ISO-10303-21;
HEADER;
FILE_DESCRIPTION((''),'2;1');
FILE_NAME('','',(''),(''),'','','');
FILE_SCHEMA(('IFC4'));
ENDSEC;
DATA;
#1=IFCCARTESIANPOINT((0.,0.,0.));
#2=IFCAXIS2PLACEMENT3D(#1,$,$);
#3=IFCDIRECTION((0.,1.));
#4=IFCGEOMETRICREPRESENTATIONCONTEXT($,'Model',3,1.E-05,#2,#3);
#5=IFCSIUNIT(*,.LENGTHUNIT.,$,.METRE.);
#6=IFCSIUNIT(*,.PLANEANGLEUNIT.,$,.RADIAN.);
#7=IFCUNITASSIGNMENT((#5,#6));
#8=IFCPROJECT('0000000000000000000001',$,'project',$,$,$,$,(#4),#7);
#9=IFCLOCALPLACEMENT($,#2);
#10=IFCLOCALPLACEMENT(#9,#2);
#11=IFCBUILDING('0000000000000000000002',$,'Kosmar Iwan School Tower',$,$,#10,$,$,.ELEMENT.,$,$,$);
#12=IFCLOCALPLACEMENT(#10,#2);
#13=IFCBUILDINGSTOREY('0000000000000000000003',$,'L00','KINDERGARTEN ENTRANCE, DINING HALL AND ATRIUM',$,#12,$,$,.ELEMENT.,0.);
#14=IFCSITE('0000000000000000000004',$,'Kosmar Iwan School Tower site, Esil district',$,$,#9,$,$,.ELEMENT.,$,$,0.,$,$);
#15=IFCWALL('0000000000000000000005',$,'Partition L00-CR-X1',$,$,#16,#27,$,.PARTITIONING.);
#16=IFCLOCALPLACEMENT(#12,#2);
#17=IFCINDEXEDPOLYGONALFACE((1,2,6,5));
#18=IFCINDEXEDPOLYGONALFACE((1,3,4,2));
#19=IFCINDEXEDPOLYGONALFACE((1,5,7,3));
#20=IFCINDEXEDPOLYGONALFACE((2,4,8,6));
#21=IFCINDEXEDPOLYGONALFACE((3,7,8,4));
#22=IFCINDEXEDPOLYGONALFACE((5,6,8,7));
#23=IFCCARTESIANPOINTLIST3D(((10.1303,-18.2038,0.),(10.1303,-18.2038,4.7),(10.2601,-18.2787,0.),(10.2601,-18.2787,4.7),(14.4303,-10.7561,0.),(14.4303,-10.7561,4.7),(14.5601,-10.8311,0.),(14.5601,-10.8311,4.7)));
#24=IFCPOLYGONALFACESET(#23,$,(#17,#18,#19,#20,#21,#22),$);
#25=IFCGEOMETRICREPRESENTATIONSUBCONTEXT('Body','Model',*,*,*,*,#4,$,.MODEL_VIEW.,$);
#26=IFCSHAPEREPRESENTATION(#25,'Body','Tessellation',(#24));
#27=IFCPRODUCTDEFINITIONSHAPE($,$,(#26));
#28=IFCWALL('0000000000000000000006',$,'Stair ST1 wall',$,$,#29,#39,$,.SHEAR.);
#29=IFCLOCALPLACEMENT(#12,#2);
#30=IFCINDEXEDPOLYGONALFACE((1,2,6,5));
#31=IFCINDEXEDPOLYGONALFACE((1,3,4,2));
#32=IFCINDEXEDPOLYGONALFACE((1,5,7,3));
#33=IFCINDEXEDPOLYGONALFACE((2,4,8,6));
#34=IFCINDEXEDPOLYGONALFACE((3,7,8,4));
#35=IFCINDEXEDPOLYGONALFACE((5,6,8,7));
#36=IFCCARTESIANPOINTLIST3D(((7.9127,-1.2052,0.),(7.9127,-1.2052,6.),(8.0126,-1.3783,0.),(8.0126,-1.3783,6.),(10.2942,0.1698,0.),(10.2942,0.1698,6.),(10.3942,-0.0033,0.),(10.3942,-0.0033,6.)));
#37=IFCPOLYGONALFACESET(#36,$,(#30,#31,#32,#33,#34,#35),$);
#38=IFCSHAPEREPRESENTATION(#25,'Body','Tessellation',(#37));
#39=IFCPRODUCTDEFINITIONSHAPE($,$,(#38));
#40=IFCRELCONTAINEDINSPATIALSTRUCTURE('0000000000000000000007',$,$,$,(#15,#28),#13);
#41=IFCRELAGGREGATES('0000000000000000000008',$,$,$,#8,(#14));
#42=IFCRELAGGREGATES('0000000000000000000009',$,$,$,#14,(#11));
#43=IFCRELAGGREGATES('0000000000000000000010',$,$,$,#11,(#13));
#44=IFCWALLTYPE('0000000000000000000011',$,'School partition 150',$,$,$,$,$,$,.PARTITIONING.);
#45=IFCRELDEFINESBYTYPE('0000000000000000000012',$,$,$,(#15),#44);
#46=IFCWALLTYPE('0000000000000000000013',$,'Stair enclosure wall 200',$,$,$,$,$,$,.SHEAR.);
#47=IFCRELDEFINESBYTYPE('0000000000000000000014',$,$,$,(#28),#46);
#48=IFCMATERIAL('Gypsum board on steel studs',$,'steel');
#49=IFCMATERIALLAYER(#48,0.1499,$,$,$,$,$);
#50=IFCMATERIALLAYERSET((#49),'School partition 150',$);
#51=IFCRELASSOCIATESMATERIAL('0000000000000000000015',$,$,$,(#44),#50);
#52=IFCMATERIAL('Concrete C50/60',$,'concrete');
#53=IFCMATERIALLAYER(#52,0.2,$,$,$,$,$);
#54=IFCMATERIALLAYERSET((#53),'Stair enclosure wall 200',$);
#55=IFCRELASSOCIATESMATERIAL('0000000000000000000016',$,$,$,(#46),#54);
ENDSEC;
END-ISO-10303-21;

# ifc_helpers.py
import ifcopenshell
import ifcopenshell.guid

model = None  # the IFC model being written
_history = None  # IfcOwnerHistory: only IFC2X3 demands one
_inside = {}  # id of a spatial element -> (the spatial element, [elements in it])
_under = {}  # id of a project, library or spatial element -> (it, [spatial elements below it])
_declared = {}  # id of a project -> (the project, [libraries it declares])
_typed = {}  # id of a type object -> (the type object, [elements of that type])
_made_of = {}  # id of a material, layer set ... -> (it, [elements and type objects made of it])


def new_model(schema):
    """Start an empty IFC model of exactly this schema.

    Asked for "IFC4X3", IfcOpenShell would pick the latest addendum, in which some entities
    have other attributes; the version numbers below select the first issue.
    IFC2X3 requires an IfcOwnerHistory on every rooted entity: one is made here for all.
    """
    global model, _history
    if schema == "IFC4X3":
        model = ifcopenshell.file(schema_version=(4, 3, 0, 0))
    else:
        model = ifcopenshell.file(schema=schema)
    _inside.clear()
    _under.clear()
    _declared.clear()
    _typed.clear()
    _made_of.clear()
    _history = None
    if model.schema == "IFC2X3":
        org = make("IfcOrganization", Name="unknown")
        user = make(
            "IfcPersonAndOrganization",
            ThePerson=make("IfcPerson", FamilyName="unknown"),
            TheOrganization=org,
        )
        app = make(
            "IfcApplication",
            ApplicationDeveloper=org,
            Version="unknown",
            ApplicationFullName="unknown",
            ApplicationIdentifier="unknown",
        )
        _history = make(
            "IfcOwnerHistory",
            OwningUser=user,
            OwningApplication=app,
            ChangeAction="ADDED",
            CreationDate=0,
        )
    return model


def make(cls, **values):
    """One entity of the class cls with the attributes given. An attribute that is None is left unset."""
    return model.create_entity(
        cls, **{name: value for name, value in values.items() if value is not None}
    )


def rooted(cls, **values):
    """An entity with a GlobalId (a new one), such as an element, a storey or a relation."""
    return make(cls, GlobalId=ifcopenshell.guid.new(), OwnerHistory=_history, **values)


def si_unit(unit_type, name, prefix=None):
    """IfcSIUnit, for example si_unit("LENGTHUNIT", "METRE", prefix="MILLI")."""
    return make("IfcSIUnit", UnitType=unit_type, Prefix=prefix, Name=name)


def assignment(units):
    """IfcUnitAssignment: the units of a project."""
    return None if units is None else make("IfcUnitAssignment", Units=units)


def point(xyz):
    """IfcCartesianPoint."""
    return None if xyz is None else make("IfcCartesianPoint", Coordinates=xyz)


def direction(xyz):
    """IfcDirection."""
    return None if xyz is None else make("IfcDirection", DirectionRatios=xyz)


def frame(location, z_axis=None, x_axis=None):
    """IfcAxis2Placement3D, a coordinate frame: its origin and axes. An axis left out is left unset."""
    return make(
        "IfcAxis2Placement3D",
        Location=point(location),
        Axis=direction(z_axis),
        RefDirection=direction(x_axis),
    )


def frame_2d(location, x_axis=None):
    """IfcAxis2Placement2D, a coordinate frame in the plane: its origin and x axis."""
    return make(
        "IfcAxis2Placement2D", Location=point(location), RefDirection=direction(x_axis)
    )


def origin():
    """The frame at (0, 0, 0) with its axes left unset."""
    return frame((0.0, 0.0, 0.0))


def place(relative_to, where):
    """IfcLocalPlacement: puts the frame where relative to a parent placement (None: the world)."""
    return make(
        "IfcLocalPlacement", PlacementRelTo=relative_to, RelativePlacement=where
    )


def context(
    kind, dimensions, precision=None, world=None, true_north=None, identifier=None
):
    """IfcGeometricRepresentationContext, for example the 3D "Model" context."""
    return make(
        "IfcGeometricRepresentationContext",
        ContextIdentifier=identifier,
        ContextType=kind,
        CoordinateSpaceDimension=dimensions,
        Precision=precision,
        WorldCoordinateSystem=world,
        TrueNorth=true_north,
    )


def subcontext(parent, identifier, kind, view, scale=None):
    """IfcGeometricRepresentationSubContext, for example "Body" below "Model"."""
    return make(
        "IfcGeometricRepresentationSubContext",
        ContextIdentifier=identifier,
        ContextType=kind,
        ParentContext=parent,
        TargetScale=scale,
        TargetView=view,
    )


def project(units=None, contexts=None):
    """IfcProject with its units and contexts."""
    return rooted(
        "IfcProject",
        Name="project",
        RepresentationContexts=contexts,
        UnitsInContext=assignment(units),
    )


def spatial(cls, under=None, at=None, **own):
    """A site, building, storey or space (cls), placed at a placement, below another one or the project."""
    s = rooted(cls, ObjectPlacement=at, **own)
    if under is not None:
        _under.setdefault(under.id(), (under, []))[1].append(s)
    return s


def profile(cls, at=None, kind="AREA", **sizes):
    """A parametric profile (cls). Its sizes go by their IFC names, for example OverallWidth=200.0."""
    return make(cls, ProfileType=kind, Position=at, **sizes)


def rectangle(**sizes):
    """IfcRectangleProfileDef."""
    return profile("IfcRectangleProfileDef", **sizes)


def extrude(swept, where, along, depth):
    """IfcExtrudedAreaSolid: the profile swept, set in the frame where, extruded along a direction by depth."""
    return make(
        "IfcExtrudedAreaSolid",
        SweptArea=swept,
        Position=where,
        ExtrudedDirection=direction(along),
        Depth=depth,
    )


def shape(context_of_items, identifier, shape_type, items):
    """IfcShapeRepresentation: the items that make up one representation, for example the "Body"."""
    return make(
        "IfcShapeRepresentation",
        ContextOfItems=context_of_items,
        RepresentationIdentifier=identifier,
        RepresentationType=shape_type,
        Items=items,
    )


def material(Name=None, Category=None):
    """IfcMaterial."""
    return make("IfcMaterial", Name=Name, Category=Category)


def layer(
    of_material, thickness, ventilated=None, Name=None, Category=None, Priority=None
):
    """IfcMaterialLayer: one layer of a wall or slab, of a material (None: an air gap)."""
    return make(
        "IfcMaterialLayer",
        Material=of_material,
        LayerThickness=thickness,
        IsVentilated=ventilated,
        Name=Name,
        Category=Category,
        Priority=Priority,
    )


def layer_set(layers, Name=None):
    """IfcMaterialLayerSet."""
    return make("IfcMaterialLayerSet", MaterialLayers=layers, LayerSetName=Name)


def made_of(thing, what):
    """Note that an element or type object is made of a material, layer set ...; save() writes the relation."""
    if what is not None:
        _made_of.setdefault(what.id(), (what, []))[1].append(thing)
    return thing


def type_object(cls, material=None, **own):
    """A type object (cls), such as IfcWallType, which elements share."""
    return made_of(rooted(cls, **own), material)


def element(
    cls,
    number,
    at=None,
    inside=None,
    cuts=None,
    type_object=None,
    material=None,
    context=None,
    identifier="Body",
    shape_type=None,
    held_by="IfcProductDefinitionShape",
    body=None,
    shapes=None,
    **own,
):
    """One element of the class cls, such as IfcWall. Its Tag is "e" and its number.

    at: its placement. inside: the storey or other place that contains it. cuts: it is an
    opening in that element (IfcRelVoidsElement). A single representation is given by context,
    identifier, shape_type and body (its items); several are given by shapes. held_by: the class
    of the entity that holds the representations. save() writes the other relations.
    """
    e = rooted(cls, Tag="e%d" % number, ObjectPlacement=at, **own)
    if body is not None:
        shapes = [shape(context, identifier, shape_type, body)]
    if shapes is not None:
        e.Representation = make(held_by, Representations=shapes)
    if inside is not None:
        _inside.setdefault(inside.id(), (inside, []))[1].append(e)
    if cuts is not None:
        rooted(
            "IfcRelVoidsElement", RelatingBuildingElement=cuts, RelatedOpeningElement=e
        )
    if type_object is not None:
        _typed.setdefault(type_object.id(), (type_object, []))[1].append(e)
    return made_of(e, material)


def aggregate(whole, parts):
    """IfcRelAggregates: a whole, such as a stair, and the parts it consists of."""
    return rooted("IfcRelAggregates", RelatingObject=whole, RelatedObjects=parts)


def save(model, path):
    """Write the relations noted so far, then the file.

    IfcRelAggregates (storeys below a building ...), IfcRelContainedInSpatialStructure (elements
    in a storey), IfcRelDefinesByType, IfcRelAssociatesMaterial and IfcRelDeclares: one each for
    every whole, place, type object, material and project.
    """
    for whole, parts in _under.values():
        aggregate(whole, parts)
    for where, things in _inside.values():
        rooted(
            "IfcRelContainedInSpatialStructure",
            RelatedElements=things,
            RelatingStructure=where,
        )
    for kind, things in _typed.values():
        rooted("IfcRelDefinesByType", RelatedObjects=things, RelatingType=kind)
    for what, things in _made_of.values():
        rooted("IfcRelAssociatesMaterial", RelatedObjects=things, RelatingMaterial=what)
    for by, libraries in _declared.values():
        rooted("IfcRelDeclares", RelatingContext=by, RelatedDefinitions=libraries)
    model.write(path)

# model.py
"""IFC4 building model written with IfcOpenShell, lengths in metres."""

from ifc_helpers import new_model, si_unit, direction, frame, frame_2d, origin, place, context, subcontext, project, spatial, rectangle, extrude, material, layer, layer_set, type_object, element, save


model = new_model("IFC4")

# Units and contexts
model_context = context("Model", 3, precision=1e-05, world=origin(), true_north=direction((0.0, 1.0)))
body_context = subcontext(model_context, "Body", "Model", "MODEL_VIEW")
ifc_project = project(units=[si_unit("LENGTHUNIT", "METRE"), si_unit("PLANEANGLEUNIT", "RADIAN")], contexts=[model_context])

# Site, building, storey
site_placement = place(None, origin())
site = spatial("IfcSite", under=ifc_project, at=site_placement, Name="Kosmar Iwan School Tower site, Esil district", CompositionType="ELEMENT", RefElevation=0.0)
building_placement = place(site_placement, origin())
building = spatial("IfcBuilding", under=site, at=building_placement, Name="Kosmar Iwan School Tower", CompositionType="ELEMENT")
storey_placement = place(building_placement, origin())
storey = spatial("IfcBuildingStorey", under=building, at=storey_placement, Name="L00", Description="KINDERGARTEN ENTRANCE, DINING HALL AND ATRIUM", CompositionType="ELEMENT", Elevation=0.0)

# Walls
ifc_material_1 = material(Name="Gypsum board on steel studs", Category="steel")
ifc_layer_1 = layer(ifc_material_1, 0.1499)
ifc_layer_set_1 = layer_set([ifc_layer_1], Name="School partition 150")
wall_type_1 = type_object("IfcWallType", Name="School partition 150", PredefinedType="PARTITIONING", material=ifc_layer_set_1)
wall_1_placement = place(storey_placement, frame((14.4951, -10.7937, 0.0), z_axis=(0.0, 0.0, 1.0), x_axis=(-0.500008, -0.866021, 0.0)))
element("IfcWall", 1, at=wall_1_placement, inside=storey, type_object=wall_type_1, Name="Partition L00-CR-X1", PredefinedType="PARTITIONING", context=body_context, shape_type="SweptSolid", body=[
    extrude(rectangle(XDim=8.5999, YDim=0.1499, at=frame_2d((4.2998, 0.0))), origin(), (0.0, 0.0, 1.0), 4.7),
])
ifc_material_2 = material(Name="Concrete C50/60", Category="concrete")
ifc_layer_2 = layer(ifc_material_2, 0.2)
ifc_layer_set_2 = layer_set([ifc_layer_2], Name="Stair enclosure wall 200")
wall_type_2 = type_object("IfcWallType", Name="Stair enclosure wall 200", PredefinedType="SHEAR", material=ifc_layer_set_2)
wall_2_placement = place(storey_placement, frame((7.9626, -1.2917, 0.0), z_axis=(0.0, 0.0, 1.0), x_axis=(0.866027, 0.499997, 0.0)))
element("IfcWall", 2, at=wall_2_placement, inside=storey, type_object=wall_type_2, Name="Stair ST1 wall", PredefinedType="SHEAR", context=body_context, shape_type="SweptSolid", body=[
    extrude(rectangle(XDim=2.75, YDim=0.2, at=frame_2d((1.375, 0.0))), origin(), (0.0, 0.0, 1.0), 6.0),
])

save(model, "model.ifc")
